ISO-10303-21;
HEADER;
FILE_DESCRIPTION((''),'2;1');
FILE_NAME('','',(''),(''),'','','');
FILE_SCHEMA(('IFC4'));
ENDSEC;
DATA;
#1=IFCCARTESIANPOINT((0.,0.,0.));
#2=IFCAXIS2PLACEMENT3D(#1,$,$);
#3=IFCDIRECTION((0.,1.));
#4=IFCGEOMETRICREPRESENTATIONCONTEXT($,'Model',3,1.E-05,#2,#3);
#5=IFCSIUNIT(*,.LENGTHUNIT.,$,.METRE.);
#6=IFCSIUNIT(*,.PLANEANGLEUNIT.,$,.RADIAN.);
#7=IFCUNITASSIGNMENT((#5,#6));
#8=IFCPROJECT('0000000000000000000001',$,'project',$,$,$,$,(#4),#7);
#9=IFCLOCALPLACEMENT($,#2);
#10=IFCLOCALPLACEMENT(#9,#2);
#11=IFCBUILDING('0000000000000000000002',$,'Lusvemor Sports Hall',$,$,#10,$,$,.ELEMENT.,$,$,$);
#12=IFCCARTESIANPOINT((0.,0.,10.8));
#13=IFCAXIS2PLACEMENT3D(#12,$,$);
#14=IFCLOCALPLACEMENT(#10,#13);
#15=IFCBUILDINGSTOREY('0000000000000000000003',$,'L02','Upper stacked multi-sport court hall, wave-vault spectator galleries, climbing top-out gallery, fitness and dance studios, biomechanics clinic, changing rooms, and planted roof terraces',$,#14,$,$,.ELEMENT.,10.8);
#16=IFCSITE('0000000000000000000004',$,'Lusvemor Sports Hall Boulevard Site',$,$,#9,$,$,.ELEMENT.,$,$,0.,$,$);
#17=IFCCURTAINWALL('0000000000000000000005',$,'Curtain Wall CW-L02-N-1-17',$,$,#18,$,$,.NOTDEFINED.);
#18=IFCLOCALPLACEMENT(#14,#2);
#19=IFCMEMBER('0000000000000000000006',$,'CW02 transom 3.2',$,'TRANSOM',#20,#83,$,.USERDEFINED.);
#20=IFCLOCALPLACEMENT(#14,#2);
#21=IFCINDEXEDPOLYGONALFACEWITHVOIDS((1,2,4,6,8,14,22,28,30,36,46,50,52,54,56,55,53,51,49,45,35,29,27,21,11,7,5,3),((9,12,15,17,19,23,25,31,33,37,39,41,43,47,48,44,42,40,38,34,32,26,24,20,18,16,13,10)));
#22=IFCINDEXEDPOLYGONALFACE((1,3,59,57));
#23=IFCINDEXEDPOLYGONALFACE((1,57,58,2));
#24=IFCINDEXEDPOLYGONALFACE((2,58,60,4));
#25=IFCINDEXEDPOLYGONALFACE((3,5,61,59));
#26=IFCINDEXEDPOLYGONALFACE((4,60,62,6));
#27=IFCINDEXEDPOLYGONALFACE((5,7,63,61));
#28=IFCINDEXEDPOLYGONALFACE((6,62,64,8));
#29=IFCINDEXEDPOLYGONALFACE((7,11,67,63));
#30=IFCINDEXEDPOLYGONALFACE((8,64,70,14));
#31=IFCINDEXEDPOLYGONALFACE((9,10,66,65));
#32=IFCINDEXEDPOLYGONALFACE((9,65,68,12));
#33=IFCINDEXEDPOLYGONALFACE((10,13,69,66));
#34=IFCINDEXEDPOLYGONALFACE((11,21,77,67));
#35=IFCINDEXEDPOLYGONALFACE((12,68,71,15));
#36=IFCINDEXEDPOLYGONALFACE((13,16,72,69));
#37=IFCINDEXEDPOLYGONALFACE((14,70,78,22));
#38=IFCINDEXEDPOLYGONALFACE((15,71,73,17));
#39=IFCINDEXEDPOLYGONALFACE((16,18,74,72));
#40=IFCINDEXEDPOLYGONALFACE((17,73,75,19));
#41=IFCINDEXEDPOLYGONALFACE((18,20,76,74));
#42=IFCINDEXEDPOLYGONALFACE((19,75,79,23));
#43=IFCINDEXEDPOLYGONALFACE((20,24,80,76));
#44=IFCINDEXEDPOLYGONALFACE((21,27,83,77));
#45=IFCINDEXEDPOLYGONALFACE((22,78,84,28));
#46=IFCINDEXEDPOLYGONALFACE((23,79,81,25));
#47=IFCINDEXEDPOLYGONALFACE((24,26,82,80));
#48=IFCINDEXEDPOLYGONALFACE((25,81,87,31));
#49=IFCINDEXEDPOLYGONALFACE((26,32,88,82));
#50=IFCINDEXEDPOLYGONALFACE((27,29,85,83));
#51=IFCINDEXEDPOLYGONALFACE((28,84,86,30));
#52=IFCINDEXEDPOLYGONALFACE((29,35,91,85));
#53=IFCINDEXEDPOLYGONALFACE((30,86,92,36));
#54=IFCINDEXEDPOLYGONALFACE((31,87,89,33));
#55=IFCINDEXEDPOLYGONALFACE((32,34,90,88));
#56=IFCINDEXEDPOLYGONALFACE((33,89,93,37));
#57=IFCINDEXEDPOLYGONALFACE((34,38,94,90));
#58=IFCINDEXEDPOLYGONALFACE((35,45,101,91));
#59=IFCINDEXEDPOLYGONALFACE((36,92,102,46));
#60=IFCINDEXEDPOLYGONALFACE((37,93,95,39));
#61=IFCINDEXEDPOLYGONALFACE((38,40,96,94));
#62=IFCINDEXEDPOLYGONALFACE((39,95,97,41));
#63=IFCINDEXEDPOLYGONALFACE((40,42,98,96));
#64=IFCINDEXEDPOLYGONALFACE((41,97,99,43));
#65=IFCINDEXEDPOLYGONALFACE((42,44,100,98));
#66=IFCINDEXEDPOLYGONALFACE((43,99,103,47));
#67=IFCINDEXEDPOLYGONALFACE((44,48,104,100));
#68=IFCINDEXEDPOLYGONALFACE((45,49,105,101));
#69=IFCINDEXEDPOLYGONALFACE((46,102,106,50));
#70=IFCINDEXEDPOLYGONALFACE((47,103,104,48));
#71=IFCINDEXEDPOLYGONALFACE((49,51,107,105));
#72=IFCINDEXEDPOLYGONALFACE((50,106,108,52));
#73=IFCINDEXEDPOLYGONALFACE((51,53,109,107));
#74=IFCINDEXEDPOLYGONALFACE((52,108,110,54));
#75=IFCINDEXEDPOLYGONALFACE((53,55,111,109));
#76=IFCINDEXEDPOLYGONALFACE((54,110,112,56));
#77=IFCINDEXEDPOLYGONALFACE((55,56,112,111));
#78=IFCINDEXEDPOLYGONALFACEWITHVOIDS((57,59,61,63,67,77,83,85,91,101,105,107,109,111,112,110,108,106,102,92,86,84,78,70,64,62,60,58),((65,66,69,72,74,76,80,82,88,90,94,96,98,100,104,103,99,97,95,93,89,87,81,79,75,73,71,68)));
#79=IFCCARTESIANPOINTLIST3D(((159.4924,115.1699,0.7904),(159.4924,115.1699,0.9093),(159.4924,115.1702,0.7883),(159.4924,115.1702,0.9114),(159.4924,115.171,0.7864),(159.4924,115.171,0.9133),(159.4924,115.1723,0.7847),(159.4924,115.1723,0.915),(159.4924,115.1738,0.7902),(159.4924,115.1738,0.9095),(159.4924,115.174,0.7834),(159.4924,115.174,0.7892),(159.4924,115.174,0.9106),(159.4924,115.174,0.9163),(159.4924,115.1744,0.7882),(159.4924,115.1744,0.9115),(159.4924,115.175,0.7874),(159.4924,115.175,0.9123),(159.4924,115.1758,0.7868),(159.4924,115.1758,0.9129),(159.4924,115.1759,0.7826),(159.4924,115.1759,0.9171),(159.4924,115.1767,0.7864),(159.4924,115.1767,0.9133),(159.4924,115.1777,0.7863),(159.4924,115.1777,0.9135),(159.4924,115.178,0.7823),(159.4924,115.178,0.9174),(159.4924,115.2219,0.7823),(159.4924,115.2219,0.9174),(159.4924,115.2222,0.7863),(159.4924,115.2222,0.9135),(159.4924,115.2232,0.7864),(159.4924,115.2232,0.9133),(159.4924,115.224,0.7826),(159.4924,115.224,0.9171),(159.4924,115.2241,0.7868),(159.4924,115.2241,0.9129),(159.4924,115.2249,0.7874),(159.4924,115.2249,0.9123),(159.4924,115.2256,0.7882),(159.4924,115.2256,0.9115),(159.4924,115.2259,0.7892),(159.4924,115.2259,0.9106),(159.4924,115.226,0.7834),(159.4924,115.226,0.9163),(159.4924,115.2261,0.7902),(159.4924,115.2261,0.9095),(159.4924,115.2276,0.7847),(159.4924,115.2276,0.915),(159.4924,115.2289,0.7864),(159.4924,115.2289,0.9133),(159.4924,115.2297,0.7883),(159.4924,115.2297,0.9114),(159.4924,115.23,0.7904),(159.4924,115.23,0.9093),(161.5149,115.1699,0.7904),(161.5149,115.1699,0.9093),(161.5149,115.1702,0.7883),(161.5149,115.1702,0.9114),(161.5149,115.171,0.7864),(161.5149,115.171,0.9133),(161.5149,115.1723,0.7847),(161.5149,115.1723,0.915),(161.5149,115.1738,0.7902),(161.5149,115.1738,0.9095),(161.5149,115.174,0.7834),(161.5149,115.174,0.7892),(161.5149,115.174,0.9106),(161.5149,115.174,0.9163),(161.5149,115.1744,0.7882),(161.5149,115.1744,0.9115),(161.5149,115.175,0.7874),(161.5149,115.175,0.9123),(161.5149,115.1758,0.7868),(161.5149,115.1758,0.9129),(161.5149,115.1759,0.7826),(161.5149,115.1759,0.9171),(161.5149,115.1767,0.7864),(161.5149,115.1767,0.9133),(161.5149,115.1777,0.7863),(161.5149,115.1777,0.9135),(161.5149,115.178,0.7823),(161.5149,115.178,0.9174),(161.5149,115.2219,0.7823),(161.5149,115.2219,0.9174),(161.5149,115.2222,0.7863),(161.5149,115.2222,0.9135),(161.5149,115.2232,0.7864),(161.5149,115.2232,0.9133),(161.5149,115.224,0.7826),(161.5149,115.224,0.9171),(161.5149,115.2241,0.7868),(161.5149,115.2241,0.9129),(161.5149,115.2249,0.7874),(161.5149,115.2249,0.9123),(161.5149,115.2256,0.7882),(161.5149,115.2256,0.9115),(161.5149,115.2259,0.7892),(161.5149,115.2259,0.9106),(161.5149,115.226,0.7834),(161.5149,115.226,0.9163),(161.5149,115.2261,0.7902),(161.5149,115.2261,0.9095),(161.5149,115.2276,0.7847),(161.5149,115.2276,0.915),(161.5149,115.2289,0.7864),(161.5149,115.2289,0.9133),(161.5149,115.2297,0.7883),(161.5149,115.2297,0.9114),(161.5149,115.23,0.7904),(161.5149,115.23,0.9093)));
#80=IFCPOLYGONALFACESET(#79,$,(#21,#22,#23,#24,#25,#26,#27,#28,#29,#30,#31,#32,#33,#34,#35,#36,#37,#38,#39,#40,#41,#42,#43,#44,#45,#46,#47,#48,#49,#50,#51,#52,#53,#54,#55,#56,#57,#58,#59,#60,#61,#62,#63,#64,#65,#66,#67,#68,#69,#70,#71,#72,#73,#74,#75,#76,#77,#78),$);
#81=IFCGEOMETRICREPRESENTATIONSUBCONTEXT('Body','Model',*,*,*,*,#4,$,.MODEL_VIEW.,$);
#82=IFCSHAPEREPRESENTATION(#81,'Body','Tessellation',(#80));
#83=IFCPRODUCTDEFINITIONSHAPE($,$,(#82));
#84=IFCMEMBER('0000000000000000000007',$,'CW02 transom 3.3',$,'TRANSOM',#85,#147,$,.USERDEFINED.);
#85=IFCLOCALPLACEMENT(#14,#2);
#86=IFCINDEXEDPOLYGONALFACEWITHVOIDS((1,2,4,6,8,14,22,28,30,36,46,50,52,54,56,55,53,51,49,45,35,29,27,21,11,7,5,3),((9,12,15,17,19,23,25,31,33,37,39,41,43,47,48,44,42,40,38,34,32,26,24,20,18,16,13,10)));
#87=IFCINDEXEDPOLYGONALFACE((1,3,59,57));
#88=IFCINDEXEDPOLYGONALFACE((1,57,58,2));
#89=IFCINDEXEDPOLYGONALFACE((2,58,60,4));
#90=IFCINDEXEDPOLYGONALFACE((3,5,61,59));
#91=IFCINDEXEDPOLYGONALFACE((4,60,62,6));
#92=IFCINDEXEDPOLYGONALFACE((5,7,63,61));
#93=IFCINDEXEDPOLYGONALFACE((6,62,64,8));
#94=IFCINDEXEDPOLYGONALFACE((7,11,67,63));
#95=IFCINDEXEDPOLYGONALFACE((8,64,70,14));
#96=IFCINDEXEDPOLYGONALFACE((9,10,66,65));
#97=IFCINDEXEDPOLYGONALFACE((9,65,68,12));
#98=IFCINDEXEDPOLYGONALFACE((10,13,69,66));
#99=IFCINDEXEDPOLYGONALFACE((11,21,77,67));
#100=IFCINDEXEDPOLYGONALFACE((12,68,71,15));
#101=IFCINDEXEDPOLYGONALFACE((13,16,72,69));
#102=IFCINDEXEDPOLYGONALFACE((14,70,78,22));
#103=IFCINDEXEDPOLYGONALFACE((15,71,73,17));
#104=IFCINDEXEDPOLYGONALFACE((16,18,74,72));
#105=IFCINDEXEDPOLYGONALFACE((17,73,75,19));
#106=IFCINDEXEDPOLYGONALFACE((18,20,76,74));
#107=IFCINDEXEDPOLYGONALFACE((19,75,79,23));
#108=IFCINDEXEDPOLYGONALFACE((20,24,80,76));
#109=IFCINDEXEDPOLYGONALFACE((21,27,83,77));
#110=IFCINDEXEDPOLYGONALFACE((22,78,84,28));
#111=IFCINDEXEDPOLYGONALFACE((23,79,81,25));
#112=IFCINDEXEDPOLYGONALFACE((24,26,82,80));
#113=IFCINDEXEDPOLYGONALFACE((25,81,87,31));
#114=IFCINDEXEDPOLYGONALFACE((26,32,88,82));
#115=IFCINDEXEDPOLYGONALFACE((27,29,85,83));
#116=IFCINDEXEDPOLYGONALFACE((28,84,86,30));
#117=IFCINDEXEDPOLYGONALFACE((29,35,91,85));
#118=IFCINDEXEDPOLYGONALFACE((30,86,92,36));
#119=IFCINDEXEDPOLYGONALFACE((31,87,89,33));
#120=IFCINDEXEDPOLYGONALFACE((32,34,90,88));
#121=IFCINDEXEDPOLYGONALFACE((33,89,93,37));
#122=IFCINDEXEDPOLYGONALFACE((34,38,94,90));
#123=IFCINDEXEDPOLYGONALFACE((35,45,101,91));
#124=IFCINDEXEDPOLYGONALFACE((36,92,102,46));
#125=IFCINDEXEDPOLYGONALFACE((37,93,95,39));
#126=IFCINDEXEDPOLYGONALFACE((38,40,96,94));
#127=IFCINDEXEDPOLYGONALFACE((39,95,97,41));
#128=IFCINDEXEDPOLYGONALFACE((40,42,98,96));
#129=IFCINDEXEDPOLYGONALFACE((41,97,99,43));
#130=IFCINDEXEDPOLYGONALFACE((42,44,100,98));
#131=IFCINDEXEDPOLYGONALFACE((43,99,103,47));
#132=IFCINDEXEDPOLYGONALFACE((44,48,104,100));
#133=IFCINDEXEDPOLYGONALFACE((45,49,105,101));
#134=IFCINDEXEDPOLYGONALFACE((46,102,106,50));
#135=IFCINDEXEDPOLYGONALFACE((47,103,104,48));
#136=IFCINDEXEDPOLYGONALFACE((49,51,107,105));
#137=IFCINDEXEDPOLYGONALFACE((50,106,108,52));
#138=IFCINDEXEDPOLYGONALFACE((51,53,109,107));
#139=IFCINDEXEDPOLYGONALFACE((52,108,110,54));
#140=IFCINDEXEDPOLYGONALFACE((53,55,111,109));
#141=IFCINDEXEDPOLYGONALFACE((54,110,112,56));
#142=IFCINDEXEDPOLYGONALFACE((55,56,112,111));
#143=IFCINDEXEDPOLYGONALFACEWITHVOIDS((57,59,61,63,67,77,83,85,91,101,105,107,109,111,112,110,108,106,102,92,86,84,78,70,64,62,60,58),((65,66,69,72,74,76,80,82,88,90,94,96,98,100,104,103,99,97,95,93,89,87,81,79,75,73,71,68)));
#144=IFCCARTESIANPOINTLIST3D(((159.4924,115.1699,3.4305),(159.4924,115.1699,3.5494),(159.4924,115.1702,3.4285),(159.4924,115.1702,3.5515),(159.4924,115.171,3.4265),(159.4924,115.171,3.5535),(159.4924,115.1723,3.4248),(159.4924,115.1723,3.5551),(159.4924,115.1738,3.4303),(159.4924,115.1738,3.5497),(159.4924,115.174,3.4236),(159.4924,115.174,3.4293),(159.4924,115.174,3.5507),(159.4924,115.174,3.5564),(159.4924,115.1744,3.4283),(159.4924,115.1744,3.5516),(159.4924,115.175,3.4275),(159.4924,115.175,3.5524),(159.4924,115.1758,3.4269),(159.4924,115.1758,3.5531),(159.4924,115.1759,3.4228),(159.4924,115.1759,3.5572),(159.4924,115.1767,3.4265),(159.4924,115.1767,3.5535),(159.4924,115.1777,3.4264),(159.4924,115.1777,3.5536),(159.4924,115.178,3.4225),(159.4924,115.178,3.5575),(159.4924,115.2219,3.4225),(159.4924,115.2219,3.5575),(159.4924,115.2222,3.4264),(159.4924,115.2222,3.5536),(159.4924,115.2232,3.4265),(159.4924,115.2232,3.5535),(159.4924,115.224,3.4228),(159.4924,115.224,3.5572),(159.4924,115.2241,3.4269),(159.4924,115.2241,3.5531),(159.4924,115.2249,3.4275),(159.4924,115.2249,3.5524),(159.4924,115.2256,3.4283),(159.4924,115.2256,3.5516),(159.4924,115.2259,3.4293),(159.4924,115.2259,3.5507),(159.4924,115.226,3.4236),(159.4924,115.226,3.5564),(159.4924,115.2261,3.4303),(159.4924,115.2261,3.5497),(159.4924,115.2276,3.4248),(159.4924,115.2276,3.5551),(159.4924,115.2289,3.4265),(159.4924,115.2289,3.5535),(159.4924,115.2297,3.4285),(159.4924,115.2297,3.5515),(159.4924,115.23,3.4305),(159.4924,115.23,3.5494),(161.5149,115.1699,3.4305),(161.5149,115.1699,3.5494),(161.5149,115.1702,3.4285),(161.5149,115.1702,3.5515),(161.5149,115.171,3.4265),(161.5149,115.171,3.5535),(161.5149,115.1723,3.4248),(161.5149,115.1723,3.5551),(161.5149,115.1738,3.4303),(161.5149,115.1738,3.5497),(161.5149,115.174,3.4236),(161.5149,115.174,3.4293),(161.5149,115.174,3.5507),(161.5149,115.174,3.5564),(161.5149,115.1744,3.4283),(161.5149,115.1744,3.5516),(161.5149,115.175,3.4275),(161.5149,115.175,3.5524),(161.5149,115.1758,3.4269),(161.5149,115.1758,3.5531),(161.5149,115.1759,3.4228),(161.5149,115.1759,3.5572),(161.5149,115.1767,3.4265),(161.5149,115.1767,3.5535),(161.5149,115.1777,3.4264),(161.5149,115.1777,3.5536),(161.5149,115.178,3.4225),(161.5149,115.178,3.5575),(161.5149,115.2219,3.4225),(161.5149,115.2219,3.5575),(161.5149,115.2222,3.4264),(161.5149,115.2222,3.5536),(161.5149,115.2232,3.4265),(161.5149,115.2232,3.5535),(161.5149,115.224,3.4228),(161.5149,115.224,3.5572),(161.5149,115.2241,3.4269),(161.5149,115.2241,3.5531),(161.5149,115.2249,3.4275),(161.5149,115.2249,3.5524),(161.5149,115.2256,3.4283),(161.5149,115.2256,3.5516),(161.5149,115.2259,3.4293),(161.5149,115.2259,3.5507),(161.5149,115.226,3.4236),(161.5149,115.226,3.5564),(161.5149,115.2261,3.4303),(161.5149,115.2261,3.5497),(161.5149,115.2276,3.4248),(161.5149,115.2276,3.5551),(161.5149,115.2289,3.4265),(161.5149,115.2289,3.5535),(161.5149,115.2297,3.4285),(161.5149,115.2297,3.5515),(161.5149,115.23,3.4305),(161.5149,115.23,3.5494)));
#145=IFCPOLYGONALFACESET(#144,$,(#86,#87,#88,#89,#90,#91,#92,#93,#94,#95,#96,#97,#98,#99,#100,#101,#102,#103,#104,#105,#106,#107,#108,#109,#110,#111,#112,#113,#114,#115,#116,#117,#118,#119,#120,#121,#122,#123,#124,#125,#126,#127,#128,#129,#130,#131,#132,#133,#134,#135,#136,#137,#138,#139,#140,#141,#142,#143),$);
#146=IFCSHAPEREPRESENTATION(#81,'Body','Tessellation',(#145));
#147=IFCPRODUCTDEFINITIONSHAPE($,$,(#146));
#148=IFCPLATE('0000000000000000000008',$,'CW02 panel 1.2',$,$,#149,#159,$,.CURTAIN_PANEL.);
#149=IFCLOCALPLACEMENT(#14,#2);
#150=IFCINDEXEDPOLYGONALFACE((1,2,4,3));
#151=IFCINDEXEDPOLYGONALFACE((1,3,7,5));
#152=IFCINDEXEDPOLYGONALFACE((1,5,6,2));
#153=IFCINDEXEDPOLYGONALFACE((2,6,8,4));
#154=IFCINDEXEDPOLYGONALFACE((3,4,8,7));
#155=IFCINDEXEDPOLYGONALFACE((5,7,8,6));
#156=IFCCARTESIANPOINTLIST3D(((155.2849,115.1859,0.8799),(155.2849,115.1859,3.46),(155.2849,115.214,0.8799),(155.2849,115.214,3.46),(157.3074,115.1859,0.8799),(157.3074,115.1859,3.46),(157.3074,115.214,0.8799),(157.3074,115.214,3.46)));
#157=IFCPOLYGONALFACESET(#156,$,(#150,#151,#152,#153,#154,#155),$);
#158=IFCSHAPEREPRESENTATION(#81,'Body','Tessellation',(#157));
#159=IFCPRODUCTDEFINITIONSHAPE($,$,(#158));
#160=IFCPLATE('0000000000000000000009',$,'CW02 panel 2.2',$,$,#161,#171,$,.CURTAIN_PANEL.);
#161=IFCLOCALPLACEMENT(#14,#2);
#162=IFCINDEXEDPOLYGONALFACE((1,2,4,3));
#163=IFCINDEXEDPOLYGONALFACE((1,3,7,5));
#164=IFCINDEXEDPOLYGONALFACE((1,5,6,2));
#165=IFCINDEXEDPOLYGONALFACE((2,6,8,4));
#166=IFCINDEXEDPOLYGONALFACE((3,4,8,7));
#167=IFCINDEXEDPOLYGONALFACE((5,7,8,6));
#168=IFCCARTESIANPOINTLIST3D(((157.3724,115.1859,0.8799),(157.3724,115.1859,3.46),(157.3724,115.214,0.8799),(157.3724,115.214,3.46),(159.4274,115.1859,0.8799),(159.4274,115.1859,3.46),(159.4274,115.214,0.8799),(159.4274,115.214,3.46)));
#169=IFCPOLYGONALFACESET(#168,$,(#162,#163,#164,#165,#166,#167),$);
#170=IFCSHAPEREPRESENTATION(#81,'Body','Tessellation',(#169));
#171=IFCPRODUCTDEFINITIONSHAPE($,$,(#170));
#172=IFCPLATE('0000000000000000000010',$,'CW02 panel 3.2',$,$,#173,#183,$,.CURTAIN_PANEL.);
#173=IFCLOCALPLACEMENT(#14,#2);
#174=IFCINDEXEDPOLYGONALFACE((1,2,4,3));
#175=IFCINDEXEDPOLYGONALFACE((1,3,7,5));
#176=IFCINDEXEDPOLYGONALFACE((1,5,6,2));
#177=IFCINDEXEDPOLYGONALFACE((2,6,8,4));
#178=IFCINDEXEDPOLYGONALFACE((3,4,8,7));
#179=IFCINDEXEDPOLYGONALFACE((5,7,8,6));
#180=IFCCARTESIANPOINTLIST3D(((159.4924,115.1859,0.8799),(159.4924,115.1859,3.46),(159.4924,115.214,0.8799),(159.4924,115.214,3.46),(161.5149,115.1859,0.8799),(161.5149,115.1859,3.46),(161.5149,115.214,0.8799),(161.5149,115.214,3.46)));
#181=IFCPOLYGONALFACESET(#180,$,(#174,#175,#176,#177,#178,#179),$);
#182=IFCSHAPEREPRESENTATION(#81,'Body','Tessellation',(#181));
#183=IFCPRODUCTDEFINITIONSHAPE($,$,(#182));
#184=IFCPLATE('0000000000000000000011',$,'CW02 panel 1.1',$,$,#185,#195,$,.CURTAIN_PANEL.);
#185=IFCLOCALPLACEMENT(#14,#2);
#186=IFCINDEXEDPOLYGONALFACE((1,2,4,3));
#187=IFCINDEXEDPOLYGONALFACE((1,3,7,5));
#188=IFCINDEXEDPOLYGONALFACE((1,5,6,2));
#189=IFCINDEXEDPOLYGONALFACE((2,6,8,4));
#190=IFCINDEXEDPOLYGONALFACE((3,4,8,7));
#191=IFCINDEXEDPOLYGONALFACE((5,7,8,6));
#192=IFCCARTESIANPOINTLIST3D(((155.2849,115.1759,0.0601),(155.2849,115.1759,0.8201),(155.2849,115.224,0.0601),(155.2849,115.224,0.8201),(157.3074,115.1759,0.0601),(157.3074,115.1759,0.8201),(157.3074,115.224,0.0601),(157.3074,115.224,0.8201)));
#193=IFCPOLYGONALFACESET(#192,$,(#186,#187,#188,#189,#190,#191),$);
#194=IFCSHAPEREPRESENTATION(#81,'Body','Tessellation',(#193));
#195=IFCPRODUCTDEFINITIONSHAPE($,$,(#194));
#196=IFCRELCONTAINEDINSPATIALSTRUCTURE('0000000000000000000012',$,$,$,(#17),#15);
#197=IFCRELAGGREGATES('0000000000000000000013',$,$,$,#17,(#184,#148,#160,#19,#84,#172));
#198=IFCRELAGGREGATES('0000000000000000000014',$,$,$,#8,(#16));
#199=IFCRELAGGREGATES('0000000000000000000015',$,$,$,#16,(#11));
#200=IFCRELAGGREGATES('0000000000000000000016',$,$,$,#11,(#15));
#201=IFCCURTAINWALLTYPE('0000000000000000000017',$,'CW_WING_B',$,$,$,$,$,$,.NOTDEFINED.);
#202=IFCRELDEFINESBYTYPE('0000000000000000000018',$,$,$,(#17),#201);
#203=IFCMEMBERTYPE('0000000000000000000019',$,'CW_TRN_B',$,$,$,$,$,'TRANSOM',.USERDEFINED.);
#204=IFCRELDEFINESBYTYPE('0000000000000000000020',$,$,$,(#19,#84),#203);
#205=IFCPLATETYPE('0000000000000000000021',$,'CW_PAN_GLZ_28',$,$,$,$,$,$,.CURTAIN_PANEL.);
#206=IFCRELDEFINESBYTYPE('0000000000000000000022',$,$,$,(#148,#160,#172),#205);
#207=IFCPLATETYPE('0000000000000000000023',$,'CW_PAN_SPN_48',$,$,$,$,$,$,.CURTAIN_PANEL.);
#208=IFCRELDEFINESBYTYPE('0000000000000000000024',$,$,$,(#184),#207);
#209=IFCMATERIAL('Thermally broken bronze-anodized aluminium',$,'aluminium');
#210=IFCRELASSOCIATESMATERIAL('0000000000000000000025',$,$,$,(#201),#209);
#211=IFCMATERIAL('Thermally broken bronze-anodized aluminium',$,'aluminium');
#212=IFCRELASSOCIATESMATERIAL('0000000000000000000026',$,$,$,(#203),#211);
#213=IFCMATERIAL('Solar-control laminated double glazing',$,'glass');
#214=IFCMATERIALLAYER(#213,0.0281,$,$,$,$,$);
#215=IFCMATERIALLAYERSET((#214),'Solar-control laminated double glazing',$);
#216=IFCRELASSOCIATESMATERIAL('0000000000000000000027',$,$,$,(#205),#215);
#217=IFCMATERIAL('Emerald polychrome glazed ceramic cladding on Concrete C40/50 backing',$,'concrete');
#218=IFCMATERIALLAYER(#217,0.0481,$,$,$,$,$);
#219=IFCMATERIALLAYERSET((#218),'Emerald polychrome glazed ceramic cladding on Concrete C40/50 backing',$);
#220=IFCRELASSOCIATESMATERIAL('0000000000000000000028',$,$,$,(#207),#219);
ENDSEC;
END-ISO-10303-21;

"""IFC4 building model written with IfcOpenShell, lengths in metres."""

from ifc_helpers import new_model, si_unit, direction, frame, origin, origin_2d, place, context, subcontext, project, spatial, rectangle, hollow_rectangle, extrude, material, layer, layer_set, material_profile, profile_set, type_object, element, aggregate, save


model = new_model("IFC4")

# Units and contexts
model_context = context("Model", 3, precision=1e-05, world=origin(), true_north=direction((0.0, 1.0)))
body_context = subcontext(model_context, "Body", "Model", "MODEL_VIEW")
ifc_project = project(units=[si_unit("LENGTHUNIT", "METRE"), si_unit("PLANEANGLEUNIT", "RADIAN")], contexts=[model_context])

# Site, building, storey
site_placement = place(None, origin())
site = spatial("IfcSite", under=ifc_project, at=site_placement, Name="Lusvemor Sports Hall Boulevard Site", CompositionType="ELEMENT", RefElevation=0.0)
building_placement = place(site_placement, origin())
building = spatial("IfcBuilding", under=site, at=building_placement, Name="Lusvemor Sports Hall", CompositionType="ELEMENT")
storey_placement = place(building_placement, frame((0.0, 0.0, 10.8)))
storey = spatial("IfcBuildingStorey", under=building, at=storey_placement, Name="L02", Description="Upper stacked multi-sport court hall, wave-vault spectator galleries, climbing top-out gallery, fitness and dance studios, biomechanics clinic, changing rooms, and planted roof terraces", CompositionType="ELEMENT", Elevation=10.8)

# Curtain wall, members, plates
ifc_material_1 = material(Name="Thermally broken bronze-anodized aluminium", Category="aluminium")
curtain_wall_type = type_object("IfcCurtainWallType", Name="CW_WING_B", PredefinedType="NOTDEFINED", material=ifc_material_1)
curtain_wall_placement = place(storey_placement, origin())
curtain_wall = element("IfcCurtainWall", 1, at=curtain_wall_placement, inside=storey, type_object=curtain_wall_type, Name="Curtain Wall CW-L02-N-1-17", PredefinedType="NOTDEFINED")
ifc_material_2 = material(Name="Thermally broken bronze-anodized aluminium", Category="aluminium")
ifc_material_profile_1 = material_profile(ifc_material_2, hollow_rectangle(XDim=0.0601, YDim=0.135, WallThickness=0.0039, InnerFilletRadius=0.0039, OuterFilletRadius=0.0081, at=origin_2d()), Name="CWTRN135x60x4")
ifc_profile_set_1 = profile_set([ifc_material_profile_1], Name="Thermally broken bronze-anodized aluminium")
member_type_1 = type_object("IfcMemberType", Name="CW_TRN_B", ElementType="TRANSOM", PredefinedType="USERDEFINED", material=ifc_profile_set_1)
member_1_placement = place(storey_placement, frame((159.4924, 115.2, 0.8499), z_axis=(1.0, 0.0, 0.0), x_axis=(0.0, 1.0, 0.0)))
member_1 = element("IfcMember", 2, at=member_1_placement, type_object=member_type_1, Name="CW02 transom 3.2", ObjectType="TRANSOM", PredefinedType="USERDEFINED", context=body_context, shape_type="SweptSolid", body=[
    extrude(hollow_rectangle(XDim=0.0601, YDim=0.135, WallThickness=0.0039, InnerFilletRadius=0.0039, OuterFilletRadius=0.0081, at=origin_2d()), origin(), (0.0, 0.0, 1.0), 2.0225),
])
member_2_placement = place(storey_placement, frame((159.4924, 115.2, 3.49), z_axis=(1.0, 0.0, 0.0), x_axis=(0.0, 1.0, 0.0)))
member_2 = element("IfcMember", 3, at=member_2_placement, type_object=member_type_1, Name="CW02 transom 3.3", ObjectType="TRANSOM", PredefinedType="USERDEFINED", context=body_context, shape_type="SweptSolid", body=[
    extrude(hollow_rectangle(XDim=0.0601, YDim=0.135, WallThickness=0.0039, InnerFilletRadius=0.0039, OuterFilletRadius=0.0081, at=origin_2d()), origin(), (0.0, 0.0, 1.0), 2.0225),
])
ifc_material_3 = material(Name="Solar-control laminated double glazing", Category="glass")
ifc_layer_1 = layer(ifc_material_3, 0.0281)
ifc_layer_set_1 = layer_set([ifc_layer_1], Name="Solar-control laminated double glazing")
plate_type_1 = type_object("IfcPlateType", Name="CW_PAN_GLZ_28", PredefinedType="CURTAIN_PANEL", material=ifc_layer_set_1)
plate_1_placement = place(storey_placement, frame((156.2961, 115.2, 0.8799), z_axis=(0.0, 0.0, 1.0), x_axis=(1.0, 0.0, 0.0)))
plate_1 = element("IfcPlate", 4, at=plate_1_placement, type_object=plate_type_1, Name="CW02 panel 1.2", PredefinedType="CURTAIN_PANEL", context=body_context, shape_type="SweptSolid", body=[
    extrude(rectangle(XDim=2.0225, YDim=0.0281, at=origin_2d()), origin(), (0.0, 0.0, 1.0), 2.5801),
])
plate_2_placement = place(storey_placement, frame((158.3999, 115.2, 0.8799), z_axis=(0.0, 0.0, 1.0), x_axis=(1.0, 0.0, 0.0)))
plate_2 = element("IfcPlate", 5, at=plate_2_placement, type_object=plate_type_1, Name="CW02 panel 2.2", PredefinedType="CURTAIN_PANEL", context=body_context, shape_type="SweptSolid", body=[
    extrude(rectangle(XDim=2.0549, YDim=0.0281, at=origin_2d()), origin(), (0.0, 0.0, 1.0), 2.5801),
])
plate_3_placement = place(storey_placement, frame((160.5037, 115.2, 0.8799), z_axis=(0.0, 0.0, 1.0), x_axis=(1.0, 0.0, 0.0)))
plate_3 = element("IfcPlate", 6, at=plate_3_placement, type_object=plate_type_1, Name="CW02 panel 3.2", PredefinedType="CURTAIN_PANEL", context=body_context, shape_type="SweptSolid", body=[
    extrude(rectangle(XDim=2.0225, YDim=0.0281, at=origin_2d()), origin(), (0.0, 0.0, 1.0), 2.5801),
])
ifc_material_4 = material(Name="Emerald polychrome glazed ceramic cladding on Concrete C40/50 backing", Category="concrete")
ifc_layer_2 = layer(ifc_material_4, 0.0481)
ifc_layer_set_2 = layer_set([ifc_layer_2], Name="Emerald polychrome glazed ceramic cladding on Concrete C40/50 backing")
plate_type_2 = type_object("IfcPlateType", Name="CW_PAN_SPN_48", PredefinedType="CURTAIN_PANEL", material=ifc_layer_set_2)
plate_4_placement = place(storey_placement, frame((156.2961, 115.2, 0.0601), z_axis=(0.0, 0.0, 1.0), x_axis=(1.0, 0.0, 0.0)))
plate_4 = element("IfcPlate", 7, at=plate_4_placement, type_object=plate_type_2, Name="CW02 panel 1.1", PredefinedType="CURTAIN_PANEL", context=body_context, shape_type="SweptSolid", body=[
    extrude(rectangle(XDim=2.0225, YDim=0.0481, at=origin_2d()), origin(), (0.0, 0.0, 1.0), 0.76),
])
aggregate(curtain_wall, [plate_4, plate_1, plate_2, member_1, member_2, plate_3])

save(model, "model.ifc")
